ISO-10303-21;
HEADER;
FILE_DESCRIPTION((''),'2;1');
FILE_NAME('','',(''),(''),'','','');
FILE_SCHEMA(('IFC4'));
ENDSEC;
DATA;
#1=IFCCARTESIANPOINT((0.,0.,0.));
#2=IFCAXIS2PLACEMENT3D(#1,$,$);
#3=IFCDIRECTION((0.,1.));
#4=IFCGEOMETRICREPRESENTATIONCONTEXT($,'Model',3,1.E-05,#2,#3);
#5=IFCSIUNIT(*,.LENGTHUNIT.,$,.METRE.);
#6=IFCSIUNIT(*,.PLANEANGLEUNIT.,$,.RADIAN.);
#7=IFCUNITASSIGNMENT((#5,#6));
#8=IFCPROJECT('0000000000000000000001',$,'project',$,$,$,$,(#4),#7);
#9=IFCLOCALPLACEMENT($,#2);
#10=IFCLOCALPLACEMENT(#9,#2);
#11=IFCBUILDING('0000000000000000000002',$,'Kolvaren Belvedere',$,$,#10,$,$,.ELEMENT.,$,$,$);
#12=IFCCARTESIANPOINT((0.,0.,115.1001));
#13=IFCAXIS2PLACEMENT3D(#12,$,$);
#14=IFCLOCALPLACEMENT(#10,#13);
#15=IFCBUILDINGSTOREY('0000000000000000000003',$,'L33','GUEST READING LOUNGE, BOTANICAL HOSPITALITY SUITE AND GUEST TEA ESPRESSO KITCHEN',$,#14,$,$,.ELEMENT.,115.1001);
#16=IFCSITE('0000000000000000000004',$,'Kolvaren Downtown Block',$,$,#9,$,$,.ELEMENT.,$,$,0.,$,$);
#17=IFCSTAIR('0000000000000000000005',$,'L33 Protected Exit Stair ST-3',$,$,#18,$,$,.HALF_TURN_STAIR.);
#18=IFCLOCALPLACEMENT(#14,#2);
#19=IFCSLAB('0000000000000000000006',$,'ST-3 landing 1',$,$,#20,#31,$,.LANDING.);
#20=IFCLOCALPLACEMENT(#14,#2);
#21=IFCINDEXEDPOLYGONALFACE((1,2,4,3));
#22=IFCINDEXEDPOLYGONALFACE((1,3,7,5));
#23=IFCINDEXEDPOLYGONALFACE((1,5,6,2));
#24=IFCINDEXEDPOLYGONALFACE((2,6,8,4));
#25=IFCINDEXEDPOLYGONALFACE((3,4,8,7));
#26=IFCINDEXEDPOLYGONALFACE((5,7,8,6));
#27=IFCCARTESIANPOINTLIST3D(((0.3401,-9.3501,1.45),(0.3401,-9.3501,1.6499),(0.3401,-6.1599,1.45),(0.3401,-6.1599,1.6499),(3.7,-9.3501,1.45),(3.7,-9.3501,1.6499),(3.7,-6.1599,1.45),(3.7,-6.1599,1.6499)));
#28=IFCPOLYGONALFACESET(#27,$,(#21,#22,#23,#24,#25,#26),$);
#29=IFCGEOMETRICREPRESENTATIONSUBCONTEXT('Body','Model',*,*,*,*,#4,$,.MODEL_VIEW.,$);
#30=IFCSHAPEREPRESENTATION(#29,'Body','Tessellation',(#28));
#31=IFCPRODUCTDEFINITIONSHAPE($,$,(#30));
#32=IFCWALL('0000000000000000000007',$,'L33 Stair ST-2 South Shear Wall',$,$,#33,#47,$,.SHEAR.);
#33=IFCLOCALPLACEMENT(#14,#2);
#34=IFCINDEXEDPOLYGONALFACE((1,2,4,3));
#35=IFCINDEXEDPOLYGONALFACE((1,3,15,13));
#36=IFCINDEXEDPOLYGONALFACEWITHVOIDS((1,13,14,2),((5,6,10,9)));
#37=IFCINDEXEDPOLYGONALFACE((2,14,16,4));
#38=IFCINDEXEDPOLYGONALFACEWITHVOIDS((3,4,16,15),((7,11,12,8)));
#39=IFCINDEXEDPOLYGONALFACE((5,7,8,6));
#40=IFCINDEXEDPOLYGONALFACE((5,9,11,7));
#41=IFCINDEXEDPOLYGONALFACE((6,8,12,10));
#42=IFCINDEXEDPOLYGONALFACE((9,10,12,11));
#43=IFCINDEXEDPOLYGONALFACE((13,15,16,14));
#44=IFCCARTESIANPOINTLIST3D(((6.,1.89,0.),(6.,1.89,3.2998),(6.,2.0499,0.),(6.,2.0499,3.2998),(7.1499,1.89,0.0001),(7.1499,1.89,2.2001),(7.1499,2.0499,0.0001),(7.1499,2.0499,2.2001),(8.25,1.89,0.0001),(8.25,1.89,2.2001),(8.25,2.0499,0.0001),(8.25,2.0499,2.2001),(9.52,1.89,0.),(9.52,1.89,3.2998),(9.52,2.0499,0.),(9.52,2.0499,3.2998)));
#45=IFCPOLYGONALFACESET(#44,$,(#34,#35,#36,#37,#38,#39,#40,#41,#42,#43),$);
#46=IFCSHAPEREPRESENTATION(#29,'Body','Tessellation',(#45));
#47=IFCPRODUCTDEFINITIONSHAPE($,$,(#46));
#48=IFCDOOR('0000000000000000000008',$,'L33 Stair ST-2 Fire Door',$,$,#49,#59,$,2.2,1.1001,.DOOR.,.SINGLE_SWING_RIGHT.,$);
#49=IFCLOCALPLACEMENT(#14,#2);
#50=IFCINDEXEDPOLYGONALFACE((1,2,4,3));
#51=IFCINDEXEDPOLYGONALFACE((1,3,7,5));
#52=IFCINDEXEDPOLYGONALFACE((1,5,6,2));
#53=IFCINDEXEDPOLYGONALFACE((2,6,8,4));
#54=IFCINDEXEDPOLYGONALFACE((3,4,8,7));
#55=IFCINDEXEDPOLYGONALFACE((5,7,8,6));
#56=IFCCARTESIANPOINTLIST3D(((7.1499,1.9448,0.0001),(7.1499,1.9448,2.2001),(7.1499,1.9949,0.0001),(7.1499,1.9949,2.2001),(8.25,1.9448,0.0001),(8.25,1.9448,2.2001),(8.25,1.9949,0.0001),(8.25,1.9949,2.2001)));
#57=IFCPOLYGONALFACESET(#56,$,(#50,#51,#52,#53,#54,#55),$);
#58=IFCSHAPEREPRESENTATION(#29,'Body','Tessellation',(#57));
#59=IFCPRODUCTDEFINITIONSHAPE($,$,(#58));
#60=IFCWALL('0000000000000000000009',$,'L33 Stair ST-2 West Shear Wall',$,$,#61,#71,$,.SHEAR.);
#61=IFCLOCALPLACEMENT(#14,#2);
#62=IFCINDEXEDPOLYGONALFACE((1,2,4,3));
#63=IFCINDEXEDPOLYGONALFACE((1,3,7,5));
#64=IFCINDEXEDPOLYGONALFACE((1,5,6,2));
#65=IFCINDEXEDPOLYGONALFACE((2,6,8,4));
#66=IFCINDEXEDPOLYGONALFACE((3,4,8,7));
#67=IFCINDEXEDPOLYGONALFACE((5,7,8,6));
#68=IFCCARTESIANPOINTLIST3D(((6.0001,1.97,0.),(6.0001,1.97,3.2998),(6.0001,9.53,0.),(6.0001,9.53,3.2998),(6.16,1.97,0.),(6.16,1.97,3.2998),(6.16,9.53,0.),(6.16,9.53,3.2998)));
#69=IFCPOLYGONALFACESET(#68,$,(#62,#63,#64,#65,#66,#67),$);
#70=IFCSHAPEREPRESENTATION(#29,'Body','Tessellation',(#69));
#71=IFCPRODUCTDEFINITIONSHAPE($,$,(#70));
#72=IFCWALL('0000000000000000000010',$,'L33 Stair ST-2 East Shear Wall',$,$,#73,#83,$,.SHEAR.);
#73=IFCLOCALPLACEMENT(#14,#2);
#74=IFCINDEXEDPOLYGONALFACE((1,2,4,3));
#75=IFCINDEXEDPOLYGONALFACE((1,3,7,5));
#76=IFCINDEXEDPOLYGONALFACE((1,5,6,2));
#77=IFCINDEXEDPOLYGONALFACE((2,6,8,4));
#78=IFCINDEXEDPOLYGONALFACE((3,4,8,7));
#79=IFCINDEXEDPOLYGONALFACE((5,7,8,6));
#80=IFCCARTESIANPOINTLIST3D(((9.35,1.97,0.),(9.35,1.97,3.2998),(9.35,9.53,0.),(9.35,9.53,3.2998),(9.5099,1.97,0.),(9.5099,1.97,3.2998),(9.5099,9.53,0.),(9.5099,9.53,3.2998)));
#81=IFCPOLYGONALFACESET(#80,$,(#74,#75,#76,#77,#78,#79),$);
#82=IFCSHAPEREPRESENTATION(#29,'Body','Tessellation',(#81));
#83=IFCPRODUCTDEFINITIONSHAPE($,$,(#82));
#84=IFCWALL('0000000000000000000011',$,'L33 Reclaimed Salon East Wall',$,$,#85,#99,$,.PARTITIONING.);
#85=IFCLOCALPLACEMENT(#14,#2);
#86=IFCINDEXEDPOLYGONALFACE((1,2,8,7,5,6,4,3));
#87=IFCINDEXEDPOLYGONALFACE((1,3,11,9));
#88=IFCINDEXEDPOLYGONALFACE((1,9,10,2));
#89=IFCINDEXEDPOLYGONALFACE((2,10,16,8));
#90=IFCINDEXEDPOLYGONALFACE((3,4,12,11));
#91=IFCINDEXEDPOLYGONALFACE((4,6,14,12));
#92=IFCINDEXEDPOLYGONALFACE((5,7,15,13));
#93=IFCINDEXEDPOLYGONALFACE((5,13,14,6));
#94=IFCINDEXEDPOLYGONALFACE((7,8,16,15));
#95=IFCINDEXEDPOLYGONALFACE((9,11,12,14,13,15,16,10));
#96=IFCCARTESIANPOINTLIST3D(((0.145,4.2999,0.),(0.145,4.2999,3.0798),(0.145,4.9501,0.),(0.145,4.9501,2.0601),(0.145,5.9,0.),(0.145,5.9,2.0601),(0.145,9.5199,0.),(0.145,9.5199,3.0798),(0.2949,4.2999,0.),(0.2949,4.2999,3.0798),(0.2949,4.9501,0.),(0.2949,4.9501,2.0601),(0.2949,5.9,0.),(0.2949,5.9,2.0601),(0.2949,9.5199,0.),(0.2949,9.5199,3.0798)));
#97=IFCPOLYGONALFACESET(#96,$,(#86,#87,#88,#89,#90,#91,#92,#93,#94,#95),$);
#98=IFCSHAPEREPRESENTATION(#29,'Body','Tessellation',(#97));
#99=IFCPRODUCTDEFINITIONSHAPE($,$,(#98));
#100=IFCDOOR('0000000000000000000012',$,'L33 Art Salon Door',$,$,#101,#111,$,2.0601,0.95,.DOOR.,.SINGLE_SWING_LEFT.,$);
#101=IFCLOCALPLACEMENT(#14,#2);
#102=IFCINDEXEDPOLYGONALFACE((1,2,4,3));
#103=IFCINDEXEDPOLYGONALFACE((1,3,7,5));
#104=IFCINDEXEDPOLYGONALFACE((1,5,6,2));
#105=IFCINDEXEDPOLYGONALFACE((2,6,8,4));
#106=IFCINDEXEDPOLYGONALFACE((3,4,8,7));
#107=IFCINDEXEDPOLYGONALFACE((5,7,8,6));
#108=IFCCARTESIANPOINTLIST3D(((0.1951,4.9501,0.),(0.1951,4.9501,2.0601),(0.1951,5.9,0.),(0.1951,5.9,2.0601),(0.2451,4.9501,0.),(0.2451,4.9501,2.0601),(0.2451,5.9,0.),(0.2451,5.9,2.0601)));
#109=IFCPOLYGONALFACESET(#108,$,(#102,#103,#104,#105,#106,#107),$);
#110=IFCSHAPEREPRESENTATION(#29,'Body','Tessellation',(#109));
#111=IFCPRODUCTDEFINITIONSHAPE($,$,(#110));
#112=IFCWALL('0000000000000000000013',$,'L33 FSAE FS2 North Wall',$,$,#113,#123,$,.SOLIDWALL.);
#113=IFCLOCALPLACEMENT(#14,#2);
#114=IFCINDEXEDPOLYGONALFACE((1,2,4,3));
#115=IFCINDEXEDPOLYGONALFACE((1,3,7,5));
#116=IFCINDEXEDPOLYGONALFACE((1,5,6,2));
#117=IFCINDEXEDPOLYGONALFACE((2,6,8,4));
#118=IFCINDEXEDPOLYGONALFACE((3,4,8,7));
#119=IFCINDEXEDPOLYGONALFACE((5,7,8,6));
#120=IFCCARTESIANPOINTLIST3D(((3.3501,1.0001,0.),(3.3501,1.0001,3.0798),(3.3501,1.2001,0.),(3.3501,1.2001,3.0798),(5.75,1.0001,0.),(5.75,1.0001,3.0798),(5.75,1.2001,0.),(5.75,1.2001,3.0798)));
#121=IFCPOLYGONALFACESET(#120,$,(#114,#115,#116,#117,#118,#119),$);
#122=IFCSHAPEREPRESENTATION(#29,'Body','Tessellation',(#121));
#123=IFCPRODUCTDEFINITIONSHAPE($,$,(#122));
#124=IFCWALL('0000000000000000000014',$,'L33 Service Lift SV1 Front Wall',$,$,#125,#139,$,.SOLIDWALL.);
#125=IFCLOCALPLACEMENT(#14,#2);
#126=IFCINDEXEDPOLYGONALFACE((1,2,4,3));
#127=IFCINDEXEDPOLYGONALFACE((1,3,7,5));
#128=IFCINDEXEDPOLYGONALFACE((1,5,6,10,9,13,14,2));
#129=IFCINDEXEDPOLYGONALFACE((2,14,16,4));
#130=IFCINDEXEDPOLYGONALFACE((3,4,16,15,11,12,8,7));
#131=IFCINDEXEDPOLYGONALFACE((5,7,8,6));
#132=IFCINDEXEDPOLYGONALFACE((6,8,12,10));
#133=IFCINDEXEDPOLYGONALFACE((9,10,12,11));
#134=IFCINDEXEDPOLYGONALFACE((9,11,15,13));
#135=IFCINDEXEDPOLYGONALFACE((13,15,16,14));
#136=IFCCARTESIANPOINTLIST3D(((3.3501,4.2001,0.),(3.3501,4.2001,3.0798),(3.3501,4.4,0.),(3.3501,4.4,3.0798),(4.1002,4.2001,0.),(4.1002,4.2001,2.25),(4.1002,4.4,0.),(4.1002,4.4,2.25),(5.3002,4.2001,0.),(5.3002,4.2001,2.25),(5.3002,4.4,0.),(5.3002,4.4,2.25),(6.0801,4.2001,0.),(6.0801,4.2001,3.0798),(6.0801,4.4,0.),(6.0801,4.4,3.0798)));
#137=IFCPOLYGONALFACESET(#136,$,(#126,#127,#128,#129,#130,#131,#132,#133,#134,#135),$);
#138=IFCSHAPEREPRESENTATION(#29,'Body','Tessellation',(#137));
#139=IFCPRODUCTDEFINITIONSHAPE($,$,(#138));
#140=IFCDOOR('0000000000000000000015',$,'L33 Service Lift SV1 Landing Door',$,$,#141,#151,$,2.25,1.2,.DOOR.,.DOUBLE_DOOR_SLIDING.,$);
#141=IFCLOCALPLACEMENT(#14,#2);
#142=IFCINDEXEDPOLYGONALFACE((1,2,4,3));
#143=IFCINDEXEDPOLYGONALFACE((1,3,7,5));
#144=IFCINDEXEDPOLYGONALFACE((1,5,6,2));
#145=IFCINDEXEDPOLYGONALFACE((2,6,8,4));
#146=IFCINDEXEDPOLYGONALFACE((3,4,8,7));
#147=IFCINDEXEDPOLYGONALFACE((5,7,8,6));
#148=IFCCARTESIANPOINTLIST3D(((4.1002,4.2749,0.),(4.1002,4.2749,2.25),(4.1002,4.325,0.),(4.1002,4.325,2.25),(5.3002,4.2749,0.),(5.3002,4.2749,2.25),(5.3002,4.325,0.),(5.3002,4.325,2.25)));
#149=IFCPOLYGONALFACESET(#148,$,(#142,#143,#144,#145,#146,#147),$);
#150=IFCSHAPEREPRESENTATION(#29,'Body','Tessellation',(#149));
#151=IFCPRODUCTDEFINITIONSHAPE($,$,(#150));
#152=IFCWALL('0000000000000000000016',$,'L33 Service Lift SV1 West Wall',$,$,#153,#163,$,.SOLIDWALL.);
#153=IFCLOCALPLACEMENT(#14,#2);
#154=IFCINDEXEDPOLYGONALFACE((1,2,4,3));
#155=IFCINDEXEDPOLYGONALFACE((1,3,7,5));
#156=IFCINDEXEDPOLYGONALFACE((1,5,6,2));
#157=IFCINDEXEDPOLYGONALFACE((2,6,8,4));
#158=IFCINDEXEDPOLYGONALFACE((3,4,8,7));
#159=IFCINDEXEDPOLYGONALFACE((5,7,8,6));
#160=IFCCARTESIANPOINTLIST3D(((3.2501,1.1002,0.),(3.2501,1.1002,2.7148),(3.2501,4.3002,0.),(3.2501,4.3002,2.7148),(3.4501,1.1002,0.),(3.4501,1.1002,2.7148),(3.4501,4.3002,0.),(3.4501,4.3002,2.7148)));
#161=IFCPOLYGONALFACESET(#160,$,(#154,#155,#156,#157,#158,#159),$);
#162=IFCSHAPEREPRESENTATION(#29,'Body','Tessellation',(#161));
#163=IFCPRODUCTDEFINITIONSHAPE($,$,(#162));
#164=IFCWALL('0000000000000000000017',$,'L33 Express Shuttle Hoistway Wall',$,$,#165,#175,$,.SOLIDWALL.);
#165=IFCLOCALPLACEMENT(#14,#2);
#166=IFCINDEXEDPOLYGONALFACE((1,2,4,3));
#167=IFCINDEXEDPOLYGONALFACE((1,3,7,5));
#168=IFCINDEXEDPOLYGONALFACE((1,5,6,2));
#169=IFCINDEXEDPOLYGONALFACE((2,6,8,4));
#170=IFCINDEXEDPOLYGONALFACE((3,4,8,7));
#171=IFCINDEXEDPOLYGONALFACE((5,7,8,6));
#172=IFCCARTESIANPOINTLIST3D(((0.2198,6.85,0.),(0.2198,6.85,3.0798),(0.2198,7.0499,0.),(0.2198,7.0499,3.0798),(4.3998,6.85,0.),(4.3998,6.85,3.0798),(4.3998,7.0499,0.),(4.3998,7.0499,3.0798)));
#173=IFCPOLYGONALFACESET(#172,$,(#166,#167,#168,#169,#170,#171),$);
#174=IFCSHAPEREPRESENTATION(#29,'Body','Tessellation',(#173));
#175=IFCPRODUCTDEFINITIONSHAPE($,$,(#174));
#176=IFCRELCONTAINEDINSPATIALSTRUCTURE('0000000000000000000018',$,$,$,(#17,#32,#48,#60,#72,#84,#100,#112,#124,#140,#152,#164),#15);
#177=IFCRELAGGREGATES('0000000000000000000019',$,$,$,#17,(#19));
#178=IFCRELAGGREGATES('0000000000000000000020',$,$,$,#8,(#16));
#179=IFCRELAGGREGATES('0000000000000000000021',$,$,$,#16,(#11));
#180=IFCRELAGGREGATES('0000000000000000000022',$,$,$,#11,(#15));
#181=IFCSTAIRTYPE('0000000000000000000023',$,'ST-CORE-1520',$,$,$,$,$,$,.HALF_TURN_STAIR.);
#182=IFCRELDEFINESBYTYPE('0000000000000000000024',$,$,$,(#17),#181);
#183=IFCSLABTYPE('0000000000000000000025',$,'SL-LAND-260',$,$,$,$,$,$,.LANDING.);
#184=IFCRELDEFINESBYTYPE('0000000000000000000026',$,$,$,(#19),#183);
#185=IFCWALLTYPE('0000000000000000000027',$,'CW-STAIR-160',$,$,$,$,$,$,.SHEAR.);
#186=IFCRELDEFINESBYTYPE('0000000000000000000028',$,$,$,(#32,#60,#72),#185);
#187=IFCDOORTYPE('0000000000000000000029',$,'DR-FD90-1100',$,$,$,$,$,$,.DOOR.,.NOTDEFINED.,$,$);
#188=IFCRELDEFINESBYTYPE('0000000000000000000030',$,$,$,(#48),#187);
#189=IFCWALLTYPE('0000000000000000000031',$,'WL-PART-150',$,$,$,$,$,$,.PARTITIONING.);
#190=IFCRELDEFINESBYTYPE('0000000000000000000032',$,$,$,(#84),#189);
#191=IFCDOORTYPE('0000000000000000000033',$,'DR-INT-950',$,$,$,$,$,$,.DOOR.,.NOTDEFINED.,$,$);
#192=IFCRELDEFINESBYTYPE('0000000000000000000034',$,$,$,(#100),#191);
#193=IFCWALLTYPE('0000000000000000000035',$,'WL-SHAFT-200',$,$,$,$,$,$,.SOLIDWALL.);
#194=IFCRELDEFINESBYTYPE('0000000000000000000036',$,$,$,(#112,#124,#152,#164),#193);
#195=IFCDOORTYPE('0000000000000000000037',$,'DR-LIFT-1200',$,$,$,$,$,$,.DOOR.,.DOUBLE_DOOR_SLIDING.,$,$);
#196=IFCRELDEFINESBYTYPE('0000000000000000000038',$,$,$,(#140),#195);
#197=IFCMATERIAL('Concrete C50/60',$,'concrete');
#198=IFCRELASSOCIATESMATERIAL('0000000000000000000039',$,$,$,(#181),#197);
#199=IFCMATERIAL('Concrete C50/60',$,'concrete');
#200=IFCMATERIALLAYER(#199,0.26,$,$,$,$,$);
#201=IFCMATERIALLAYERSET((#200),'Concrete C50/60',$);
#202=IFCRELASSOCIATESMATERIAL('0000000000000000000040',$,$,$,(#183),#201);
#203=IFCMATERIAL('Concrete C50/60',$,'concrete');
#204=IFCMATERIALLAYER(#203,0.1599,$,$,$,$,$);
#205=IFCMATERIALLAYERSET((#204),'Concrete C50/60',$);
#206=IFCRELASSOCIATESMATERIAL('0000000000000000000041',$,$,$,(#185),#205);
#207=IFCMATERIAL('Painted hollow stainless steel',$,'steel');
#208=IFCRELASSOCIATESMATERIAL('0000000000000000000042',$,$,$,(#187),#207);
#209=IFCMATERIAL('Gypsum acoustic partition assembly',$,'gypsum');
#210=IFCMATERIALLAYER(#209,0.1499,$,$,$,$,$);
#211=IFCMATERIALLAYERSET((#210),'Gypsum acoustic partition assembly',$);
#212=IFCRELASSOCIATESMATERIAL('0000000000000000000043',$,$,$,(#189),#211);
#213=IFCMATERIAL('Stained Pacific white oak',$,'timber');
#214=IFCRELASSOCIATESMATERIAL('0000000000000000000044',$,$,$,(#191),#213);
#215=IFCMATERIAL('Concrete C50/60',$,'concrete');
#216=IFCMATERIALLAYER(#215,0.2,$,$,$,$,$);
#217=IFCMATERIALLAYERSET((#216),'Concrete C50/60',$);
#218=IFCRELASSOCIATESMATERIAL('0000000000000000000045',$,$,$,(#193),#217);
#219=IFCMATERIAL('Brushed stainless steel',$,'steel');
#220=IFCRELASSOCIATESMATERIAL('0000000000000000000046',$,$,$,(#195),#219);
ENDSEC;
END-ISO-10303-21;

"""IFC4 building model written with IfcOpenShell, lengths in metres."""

from ifc_helpers import new_model, si_unit, direction, frame, frame_2d, origin, place, context, subcontext, project, spatial, polyline, rectangle, outline, extrude, material, layer, layer_set, type_object, element, fill, aggregate, save


model = new_model("IFC4")

# Units and contexts
model_context = context("Model", 3, precision=1e-05, world=origin(), true_north=direction((0.0, 1.0)))
body_context = subcontext(model_context, "Body", "Model", "MODEL_VIEW")
ifc_project = project(units=[si_unit("LENGTHUNIT", "METRE"), si_unit("PLANEANGLEUNIT", "RADIAN")], contexts=[model_context])

# Site, building, storey
site_placement = place(None, origin())
site = spatial("IfcSite", under=ifc_project, at=site_placement, Name="Kolvaren Downtown Block", CompositionType="ELEMENT", RefElevation=0.0)
building_placement = place(site_placement, origin())
building = spatial("IfcBuilding", under=site, at=building_placement, Name="Kolvaren Belvedere", CompositionType="ELEMENT")
storey_placement = place(building_placement, frame((0.0, 0.0, 115.1001)))
storey = spatial("IfcBuildingStorey", under=building, at=storey_placement, Name="L33", Description="GUEST READING LOUNGE, BOTANICAL HOSPITALITY SUITE AND GUEST TEA ESPRESSO KITCHEN", CompositionType="ELEMENT", Elevation=115.1001)

# Stair, slab
ifc_material_1 = material(Name="Concrete C50/60", Category="concrete")
stair_type = type_object("IfcStairType", Name="ST-CORE-1520", PredefinedType="HALF_TURN_STAIR", material=ifc_material_1)
ifc_material_2 = material(Name="Concrete C50/60", Category="concrete")
ifc_layer_1 = layer(ifc_material_2, 0.26)
ifc_layer_set_1 = layer_set([ifc_layer_1], Name="Concrete C50/60")
slab_type = type_object("IfcSlabType", Name="SL-LAND-260", PredefinedType="LANDING", material=ifc_layer_set_1)
stair_1_placement = place(storey_placement, origin())
stair_1 = element("IfcStair", 1, at=stair_1_placement, inside=storey, type_object=stair_type, Name="L33 Protected Exit Stair ST-3", PredefinedType="HALF_TURN_STAIR")
slab_1_placement = place(storey_placement, frame((0.0, 0.0, 1.45)))
slab_1 = element("IfcSlab", 2, at=slab_1_placement, type_object=slab_type, Name="ST-3 landing 1", PredefinedType="LANDING", context=body_context, shape_type="SweptSolid", body=[
    extrude(outline(polyline([(0.3401, -9.3501), (3.7, -9.3501), (3.7, -6.1599), (0.3401, -6.1599), (0.3401, -9.3501)])), origin(), (0.0, 0.0, 1.0), 0.2),
])
aggregate(stair_1, [slab_1])

# Wall, opening, door
ifc_material_3 = material(Name="Concrete C50/60", Category="concrete")
ifc_layer_2 = layer(ifc_material_3, 0.1599)
ifc_layer_set_2 = layer_set([ifc_layer_2], Name="Concrete C50/60")
wall_type_1 = type_object("IfcWallType", Name="CW-STAIR-160", PredefinedType="SHEAR", material=ifc_layer_set_2)
wall_1_placement = place(storey_placement, frame((6.0, 1.97, 0.0), z_axis=(0.0, 0.0, 1.0), x_axis=(1.0, 0.0, 0.0)))
wall_1 = element("IfcWall", 3, at=wall_1_placement, inside=storey, type_object=wall_type_1, Name="L33 Stair ST-2 South Shear Wall", PredefinedType="SHEAR", context=body_context, shape_type="SweptSolid", body=[
    extrude(rectangle(XDim=3.52, YDim=0.1599, at=frame_2d((1.76, 0.0))), origin(), (0.0, 0.0, 1.0), 3.2998),
])
opening_1_placement = place(wall_1_placement, frame((1.1499, 0.0, 0.0)))
opening_1 = element("IfcOpeningElement", 4, at=opening_1_placement, cuts=wall_1, PredefinedType="OPENING", context=body_context, shape_type="SweptSolid", body=[
    extrude(rectangle(XDim=1.1001, YDim=2.2, at=frame_2d((0.55, 1.1001))), frame((0.0, 0.0898, 0.0), z_axis=(0.0, -1.0, 0.0), x_axis=(1.0, 0.0, 0.0)), (0.0, 0.0, 1.0), 0.1799),
])
ifc_material_4 = material(Name="Painted hollow stainless steel", Category="steel")
door_type_1 = type_object("IfcDoorType", Name="DR-FD90-1100", OperationType="NOTDEFINED", PredefinedType="DOOR", material=ifc_material_4)
door_1_placement = place(opening_1_placement, origin())
door_1 = element("IfcDoor", 5, at=door_1_placement, inside=storey, type_object=door_type_1, Name="L33 Stair ST-2 Fire Door", OperationType="SINGLE_SWING_RIGHT", OverallHeight=2.2, OverallWidth=1.1001, PredefinedType="DOOR", context=body_context, shape_type="SweptSolid", body=[
    extrude(rectangle(XDim=1.1001, YDim=2.2, at=frame_2d((0.55, 1.1001))), frame((0.0, 0.0249, 0.0), z_axis=(0.0, -1.0, 0.0), x_axis=(1.0, 0.0, 0.0)), (0.0, 0.0, 1.0), 0.05),
])
fill(opening_1, door_1)

# Walls
for number, where, z_axis, x_axis, name in (
    (6, (6.0801, 1.97, 0.0), (0.0, 0.0, 1.0), (0.0, 1.0, 0.0), "L33 Stair ST-2 West Shear Wall"),
    (7, (9.4299, 1.97, 0.0), (0.0, 0.0, 1.0), (0.0, 1.0, 0.0), "L33 Stair ST-2 East Shear Wall"),
):
    element("IfcWall", number, at=place(storey_placement, frame(where, z_axis=z_axis, x_axis=x_axis)), inside=storey, type_object=wall_type_1, Name=name, PredefinedType="SHEAR", context=body_context, shape_type="SweptSolid", body=[
        extrude(rectangle(XDim=7.5601, YDim=0.1599, at=frame_2d((3.78, 0.0))), origin(), (0.0, 0.0, 1.0), 3.2998),
    ])

# Wall, opening, door
ifc_material_5 = material(Name="Gypsum acoustic partition assembly", Category="gypsum")
ifc_layer_3 = layer(ifc_material_5, 0.1499)
ifc_layer_set_3 = layer_set([ifc_layer_3], Name="Gypsum acoustic partition assembly")
wall_type_2 = type_object("IfcWallType", Name="WL-PART-150", PredefinedType="PARTITIONING", material=ifc_layer_set_3)
wall_2_placement = place(storey_placement, frame((0.22, 4.3, 0.0), z_axis=(0.0, 0.0, 1.0), x_axis=(0.0, 1.0, 0.0)))
wall_2 = element("IfcWall", 8, at=wall_2_placement, inside=storey, type_object=wall_type_2, Name="L33 Reclaimed Salon East Wall", PredefinedType="PARTITIONING", context=body_context, shape_type="SweptSolid", body=[
    extrude(rectangle(XDim=5.22, YDim=0.1499, at=frame_2d((2.6099, 0.0))), origin(), (0.0, 0.0, 1.0), 3.0798),
])
opening_2_placement = place(wall_2_placement, frame((0.6499, 0.0, 0.0)))
opening_2 = element("IfcOpeningElement", 9, at=opening_2_placement, cuts=wall_2, PredefinedType="OPENING", context=body_context, shape_type="SweptSolid", body=[
    extrude(rectangle(XDim=0.95, YDim=2.0601, at=frame_2d((0.4751, 1.03))), frame((0.0, 0.085, 0.0), z_axis=(0.0, -1.0, 0.0), x_axis=(1.0, 0.0, 0.0)), (0.0, 0.0, 1.0), 0.1699),
])
ifc_material_6 = material(Name="Stained Pacific white oak", Category="timber")
door_type_2 = type_object("IfcDoorType", Name="DR-INT-950", OperationType="NOTDEFINED", PredefinedType="DOOR", material=ifc_material_6)
door_2_placement = place(opening_2_placement, origin())
door_2 = element("IfcDoor", 10, at=door_2_placement, inside=storey, type_object=door_type_2, Name="L33 Art Salon Door", OperationType="SINGLE_SWING_LEFT", OverallHeight=2.0601, OverallWidth=0.95, PredefinedType="DOOR", context=body_context, shape_type="SweptSolid", body=[
    extrude(rectangle(XDim=0.95, YDim=2.0601, at=frame_2d((0.4751, 1.03))), frame((0.0, 0.0249, 0.0), z_axis=(0.0, -1.0, 0.0), x_axis=(1.0, 0.0, 0.0)), (0.0, 0.0, 1.0), 0.05),
])
fill(opening_2, door_2)

# Wall
ifc_material_7 = material(Name="Concrete C50/60", Category="concrete")
ifc_layer_4 = layer(ifc_material_7, 0.2)
ifc_layer_set_4 = layer_set([ifc_layer_4], Name="Concrete C50/60")
wall_type_3 = type_object("IfcWallType", Name="WL-SHAFT-200", PredefinedType="SOLIDWALL", material=ifc_layer_set_4)
wall_3_placement = place(storey_placement, frame((3.3501, 1.1001, 0.0), z_axis=(0.0, 0.0, 1.0), x_axis=(1.0, 0.0, 0.0)))
element("IfcWall", 11, at=wall_3_placement, inside=storey, type_object=wall_type_3, Name="L33 FSAE FS2 North Wall", PredefinedType="SOLIDWALL", context=body_context, shape_type="SweptSolid", body=[
    extrude(rectangle(XDim=2.3999, YDim=0.2, at=frame_2d((1.2, 0.0))), origin(), (0.0, 0.0, 1.0), 3.0798),
])

# Wall, opening, door
wall_4_placement = place(storey_placement, frame((3.3501, 4.3, 0.0), z_axis=(0.0, 0.0, 1.0), x_axis=(1.0, 0.0, 0.0)))
wall_4 = element("IfcWall", 12, at=wall_4_placement, inside=storey, type_object=wall_type_3, Name="L33 Service Lift SV1 Front Wall", PredefinedType="SOLIDWALL", context=body_context, shape_type="SweptSolid", body=[
    extrude(rectangle(XDim=2.73, YDim=0.2, at=frame_2d((1.365, 0.0))), origin(), (0.0, 0.0, 1.0), 3.0798),
])
opening_3_placement = place(wall_4_placement, frame((0.75, 0.0, 0.0)))
opening_3 = element("IfcOpeningElement", 13, at=opening_3_placement, cuts=wall_4, PredefinedType="OPENING", context=body_context, shape_type="SweptSolid", body=[
    extrude(rectangle(XDim=1.2, YDim=2.25, at=frame_2d((0.6001, 1.125))), frame((0.0, 0.1099, 0.0), z_axis=(0.0, -1.0, 0.0), x_axis=(1.0, 0.0, 0.0)), (0.0, 0.0, 1.0), 0.22),
])
ifc_material_8 = material(Name="Brushed stainless steel", Category="steel")
door_type_3 = type_object("IfcDoorType", Name="DR-LIFT-1200", OperationType="DOUBLE_DOOR_SLIDING", PredefinedType="DOOR", material=ifc_material_8)
door_3_placement = place(opening_3_placement, origin())
door_3 = element("IfcDoor", 14, at=door_3_placement, inside=storey, type_object=door_type_3, Name="L33 Service Lift SV1 Landing Door", OperationType="DOUBLE_DOOR_SLIDING", OverallHeight=2.25, OverallWidth=1.2, PredefinedType="DOOR", context=body_context, shape_type="SweptSolid", body=[
    extrude(rectangle(XDim=1.2, YDim=2.25, at=frame_2d((0.6001, 1.125))), frame((0.0, 0.0249, 0.0), z_axis=(0.0, -1.0, 0.0), x_axis=(1.0, 0.0, 0.0)), (0.0, 0.0, 1.0), 0.05),
])
fill(opening_3, door_3)

# Walls
wall_5_placement = place(storey_placement, frame((3.3501, 1.1001, 0.0), z_axis=(0.0, 0.0, 1.0), x_axis=(0.0, 1.0, 0.0)))
element("IfcWall", 15, at=wall_5_placement, inside=storey, type_object=wall_type_3, Name="L33 Service Lift SV1 West Wall", PredefinedType="SOLIDWALL", context=body_context, shape_type="SweptSolid", body=[
    extrude(rectangle(XDim=3.2, YDim=0.2, at=frame_2d((1.6001, 0.0))), origin(), (0.0, 0.0, 1.0), 2.7148),
])
wall_6_placement = place(storey_placement, frame((0.22, 6.95, 0.0), z_axis=(0.0, 0.0, 1.0), x_axis=(1.0, 0.0, 0.0)))
element("IfcWall", 16, at=wall_6_placement, inside=storey, type_object=wall_type_3, Name="L33 Express Shuttle Hoistway Wall", PredefinedType="SOLIDWALL", context=body_context, shape_type="SweptSolid", body=[
    extrude(rectangle(XDim=4.1799, YDim=0.2, at=frame_2d((2.0898, 0.0))), origin(), (0.0, 0.0, 1.0), 3.0798),
])

save(model, "model.ifc")
